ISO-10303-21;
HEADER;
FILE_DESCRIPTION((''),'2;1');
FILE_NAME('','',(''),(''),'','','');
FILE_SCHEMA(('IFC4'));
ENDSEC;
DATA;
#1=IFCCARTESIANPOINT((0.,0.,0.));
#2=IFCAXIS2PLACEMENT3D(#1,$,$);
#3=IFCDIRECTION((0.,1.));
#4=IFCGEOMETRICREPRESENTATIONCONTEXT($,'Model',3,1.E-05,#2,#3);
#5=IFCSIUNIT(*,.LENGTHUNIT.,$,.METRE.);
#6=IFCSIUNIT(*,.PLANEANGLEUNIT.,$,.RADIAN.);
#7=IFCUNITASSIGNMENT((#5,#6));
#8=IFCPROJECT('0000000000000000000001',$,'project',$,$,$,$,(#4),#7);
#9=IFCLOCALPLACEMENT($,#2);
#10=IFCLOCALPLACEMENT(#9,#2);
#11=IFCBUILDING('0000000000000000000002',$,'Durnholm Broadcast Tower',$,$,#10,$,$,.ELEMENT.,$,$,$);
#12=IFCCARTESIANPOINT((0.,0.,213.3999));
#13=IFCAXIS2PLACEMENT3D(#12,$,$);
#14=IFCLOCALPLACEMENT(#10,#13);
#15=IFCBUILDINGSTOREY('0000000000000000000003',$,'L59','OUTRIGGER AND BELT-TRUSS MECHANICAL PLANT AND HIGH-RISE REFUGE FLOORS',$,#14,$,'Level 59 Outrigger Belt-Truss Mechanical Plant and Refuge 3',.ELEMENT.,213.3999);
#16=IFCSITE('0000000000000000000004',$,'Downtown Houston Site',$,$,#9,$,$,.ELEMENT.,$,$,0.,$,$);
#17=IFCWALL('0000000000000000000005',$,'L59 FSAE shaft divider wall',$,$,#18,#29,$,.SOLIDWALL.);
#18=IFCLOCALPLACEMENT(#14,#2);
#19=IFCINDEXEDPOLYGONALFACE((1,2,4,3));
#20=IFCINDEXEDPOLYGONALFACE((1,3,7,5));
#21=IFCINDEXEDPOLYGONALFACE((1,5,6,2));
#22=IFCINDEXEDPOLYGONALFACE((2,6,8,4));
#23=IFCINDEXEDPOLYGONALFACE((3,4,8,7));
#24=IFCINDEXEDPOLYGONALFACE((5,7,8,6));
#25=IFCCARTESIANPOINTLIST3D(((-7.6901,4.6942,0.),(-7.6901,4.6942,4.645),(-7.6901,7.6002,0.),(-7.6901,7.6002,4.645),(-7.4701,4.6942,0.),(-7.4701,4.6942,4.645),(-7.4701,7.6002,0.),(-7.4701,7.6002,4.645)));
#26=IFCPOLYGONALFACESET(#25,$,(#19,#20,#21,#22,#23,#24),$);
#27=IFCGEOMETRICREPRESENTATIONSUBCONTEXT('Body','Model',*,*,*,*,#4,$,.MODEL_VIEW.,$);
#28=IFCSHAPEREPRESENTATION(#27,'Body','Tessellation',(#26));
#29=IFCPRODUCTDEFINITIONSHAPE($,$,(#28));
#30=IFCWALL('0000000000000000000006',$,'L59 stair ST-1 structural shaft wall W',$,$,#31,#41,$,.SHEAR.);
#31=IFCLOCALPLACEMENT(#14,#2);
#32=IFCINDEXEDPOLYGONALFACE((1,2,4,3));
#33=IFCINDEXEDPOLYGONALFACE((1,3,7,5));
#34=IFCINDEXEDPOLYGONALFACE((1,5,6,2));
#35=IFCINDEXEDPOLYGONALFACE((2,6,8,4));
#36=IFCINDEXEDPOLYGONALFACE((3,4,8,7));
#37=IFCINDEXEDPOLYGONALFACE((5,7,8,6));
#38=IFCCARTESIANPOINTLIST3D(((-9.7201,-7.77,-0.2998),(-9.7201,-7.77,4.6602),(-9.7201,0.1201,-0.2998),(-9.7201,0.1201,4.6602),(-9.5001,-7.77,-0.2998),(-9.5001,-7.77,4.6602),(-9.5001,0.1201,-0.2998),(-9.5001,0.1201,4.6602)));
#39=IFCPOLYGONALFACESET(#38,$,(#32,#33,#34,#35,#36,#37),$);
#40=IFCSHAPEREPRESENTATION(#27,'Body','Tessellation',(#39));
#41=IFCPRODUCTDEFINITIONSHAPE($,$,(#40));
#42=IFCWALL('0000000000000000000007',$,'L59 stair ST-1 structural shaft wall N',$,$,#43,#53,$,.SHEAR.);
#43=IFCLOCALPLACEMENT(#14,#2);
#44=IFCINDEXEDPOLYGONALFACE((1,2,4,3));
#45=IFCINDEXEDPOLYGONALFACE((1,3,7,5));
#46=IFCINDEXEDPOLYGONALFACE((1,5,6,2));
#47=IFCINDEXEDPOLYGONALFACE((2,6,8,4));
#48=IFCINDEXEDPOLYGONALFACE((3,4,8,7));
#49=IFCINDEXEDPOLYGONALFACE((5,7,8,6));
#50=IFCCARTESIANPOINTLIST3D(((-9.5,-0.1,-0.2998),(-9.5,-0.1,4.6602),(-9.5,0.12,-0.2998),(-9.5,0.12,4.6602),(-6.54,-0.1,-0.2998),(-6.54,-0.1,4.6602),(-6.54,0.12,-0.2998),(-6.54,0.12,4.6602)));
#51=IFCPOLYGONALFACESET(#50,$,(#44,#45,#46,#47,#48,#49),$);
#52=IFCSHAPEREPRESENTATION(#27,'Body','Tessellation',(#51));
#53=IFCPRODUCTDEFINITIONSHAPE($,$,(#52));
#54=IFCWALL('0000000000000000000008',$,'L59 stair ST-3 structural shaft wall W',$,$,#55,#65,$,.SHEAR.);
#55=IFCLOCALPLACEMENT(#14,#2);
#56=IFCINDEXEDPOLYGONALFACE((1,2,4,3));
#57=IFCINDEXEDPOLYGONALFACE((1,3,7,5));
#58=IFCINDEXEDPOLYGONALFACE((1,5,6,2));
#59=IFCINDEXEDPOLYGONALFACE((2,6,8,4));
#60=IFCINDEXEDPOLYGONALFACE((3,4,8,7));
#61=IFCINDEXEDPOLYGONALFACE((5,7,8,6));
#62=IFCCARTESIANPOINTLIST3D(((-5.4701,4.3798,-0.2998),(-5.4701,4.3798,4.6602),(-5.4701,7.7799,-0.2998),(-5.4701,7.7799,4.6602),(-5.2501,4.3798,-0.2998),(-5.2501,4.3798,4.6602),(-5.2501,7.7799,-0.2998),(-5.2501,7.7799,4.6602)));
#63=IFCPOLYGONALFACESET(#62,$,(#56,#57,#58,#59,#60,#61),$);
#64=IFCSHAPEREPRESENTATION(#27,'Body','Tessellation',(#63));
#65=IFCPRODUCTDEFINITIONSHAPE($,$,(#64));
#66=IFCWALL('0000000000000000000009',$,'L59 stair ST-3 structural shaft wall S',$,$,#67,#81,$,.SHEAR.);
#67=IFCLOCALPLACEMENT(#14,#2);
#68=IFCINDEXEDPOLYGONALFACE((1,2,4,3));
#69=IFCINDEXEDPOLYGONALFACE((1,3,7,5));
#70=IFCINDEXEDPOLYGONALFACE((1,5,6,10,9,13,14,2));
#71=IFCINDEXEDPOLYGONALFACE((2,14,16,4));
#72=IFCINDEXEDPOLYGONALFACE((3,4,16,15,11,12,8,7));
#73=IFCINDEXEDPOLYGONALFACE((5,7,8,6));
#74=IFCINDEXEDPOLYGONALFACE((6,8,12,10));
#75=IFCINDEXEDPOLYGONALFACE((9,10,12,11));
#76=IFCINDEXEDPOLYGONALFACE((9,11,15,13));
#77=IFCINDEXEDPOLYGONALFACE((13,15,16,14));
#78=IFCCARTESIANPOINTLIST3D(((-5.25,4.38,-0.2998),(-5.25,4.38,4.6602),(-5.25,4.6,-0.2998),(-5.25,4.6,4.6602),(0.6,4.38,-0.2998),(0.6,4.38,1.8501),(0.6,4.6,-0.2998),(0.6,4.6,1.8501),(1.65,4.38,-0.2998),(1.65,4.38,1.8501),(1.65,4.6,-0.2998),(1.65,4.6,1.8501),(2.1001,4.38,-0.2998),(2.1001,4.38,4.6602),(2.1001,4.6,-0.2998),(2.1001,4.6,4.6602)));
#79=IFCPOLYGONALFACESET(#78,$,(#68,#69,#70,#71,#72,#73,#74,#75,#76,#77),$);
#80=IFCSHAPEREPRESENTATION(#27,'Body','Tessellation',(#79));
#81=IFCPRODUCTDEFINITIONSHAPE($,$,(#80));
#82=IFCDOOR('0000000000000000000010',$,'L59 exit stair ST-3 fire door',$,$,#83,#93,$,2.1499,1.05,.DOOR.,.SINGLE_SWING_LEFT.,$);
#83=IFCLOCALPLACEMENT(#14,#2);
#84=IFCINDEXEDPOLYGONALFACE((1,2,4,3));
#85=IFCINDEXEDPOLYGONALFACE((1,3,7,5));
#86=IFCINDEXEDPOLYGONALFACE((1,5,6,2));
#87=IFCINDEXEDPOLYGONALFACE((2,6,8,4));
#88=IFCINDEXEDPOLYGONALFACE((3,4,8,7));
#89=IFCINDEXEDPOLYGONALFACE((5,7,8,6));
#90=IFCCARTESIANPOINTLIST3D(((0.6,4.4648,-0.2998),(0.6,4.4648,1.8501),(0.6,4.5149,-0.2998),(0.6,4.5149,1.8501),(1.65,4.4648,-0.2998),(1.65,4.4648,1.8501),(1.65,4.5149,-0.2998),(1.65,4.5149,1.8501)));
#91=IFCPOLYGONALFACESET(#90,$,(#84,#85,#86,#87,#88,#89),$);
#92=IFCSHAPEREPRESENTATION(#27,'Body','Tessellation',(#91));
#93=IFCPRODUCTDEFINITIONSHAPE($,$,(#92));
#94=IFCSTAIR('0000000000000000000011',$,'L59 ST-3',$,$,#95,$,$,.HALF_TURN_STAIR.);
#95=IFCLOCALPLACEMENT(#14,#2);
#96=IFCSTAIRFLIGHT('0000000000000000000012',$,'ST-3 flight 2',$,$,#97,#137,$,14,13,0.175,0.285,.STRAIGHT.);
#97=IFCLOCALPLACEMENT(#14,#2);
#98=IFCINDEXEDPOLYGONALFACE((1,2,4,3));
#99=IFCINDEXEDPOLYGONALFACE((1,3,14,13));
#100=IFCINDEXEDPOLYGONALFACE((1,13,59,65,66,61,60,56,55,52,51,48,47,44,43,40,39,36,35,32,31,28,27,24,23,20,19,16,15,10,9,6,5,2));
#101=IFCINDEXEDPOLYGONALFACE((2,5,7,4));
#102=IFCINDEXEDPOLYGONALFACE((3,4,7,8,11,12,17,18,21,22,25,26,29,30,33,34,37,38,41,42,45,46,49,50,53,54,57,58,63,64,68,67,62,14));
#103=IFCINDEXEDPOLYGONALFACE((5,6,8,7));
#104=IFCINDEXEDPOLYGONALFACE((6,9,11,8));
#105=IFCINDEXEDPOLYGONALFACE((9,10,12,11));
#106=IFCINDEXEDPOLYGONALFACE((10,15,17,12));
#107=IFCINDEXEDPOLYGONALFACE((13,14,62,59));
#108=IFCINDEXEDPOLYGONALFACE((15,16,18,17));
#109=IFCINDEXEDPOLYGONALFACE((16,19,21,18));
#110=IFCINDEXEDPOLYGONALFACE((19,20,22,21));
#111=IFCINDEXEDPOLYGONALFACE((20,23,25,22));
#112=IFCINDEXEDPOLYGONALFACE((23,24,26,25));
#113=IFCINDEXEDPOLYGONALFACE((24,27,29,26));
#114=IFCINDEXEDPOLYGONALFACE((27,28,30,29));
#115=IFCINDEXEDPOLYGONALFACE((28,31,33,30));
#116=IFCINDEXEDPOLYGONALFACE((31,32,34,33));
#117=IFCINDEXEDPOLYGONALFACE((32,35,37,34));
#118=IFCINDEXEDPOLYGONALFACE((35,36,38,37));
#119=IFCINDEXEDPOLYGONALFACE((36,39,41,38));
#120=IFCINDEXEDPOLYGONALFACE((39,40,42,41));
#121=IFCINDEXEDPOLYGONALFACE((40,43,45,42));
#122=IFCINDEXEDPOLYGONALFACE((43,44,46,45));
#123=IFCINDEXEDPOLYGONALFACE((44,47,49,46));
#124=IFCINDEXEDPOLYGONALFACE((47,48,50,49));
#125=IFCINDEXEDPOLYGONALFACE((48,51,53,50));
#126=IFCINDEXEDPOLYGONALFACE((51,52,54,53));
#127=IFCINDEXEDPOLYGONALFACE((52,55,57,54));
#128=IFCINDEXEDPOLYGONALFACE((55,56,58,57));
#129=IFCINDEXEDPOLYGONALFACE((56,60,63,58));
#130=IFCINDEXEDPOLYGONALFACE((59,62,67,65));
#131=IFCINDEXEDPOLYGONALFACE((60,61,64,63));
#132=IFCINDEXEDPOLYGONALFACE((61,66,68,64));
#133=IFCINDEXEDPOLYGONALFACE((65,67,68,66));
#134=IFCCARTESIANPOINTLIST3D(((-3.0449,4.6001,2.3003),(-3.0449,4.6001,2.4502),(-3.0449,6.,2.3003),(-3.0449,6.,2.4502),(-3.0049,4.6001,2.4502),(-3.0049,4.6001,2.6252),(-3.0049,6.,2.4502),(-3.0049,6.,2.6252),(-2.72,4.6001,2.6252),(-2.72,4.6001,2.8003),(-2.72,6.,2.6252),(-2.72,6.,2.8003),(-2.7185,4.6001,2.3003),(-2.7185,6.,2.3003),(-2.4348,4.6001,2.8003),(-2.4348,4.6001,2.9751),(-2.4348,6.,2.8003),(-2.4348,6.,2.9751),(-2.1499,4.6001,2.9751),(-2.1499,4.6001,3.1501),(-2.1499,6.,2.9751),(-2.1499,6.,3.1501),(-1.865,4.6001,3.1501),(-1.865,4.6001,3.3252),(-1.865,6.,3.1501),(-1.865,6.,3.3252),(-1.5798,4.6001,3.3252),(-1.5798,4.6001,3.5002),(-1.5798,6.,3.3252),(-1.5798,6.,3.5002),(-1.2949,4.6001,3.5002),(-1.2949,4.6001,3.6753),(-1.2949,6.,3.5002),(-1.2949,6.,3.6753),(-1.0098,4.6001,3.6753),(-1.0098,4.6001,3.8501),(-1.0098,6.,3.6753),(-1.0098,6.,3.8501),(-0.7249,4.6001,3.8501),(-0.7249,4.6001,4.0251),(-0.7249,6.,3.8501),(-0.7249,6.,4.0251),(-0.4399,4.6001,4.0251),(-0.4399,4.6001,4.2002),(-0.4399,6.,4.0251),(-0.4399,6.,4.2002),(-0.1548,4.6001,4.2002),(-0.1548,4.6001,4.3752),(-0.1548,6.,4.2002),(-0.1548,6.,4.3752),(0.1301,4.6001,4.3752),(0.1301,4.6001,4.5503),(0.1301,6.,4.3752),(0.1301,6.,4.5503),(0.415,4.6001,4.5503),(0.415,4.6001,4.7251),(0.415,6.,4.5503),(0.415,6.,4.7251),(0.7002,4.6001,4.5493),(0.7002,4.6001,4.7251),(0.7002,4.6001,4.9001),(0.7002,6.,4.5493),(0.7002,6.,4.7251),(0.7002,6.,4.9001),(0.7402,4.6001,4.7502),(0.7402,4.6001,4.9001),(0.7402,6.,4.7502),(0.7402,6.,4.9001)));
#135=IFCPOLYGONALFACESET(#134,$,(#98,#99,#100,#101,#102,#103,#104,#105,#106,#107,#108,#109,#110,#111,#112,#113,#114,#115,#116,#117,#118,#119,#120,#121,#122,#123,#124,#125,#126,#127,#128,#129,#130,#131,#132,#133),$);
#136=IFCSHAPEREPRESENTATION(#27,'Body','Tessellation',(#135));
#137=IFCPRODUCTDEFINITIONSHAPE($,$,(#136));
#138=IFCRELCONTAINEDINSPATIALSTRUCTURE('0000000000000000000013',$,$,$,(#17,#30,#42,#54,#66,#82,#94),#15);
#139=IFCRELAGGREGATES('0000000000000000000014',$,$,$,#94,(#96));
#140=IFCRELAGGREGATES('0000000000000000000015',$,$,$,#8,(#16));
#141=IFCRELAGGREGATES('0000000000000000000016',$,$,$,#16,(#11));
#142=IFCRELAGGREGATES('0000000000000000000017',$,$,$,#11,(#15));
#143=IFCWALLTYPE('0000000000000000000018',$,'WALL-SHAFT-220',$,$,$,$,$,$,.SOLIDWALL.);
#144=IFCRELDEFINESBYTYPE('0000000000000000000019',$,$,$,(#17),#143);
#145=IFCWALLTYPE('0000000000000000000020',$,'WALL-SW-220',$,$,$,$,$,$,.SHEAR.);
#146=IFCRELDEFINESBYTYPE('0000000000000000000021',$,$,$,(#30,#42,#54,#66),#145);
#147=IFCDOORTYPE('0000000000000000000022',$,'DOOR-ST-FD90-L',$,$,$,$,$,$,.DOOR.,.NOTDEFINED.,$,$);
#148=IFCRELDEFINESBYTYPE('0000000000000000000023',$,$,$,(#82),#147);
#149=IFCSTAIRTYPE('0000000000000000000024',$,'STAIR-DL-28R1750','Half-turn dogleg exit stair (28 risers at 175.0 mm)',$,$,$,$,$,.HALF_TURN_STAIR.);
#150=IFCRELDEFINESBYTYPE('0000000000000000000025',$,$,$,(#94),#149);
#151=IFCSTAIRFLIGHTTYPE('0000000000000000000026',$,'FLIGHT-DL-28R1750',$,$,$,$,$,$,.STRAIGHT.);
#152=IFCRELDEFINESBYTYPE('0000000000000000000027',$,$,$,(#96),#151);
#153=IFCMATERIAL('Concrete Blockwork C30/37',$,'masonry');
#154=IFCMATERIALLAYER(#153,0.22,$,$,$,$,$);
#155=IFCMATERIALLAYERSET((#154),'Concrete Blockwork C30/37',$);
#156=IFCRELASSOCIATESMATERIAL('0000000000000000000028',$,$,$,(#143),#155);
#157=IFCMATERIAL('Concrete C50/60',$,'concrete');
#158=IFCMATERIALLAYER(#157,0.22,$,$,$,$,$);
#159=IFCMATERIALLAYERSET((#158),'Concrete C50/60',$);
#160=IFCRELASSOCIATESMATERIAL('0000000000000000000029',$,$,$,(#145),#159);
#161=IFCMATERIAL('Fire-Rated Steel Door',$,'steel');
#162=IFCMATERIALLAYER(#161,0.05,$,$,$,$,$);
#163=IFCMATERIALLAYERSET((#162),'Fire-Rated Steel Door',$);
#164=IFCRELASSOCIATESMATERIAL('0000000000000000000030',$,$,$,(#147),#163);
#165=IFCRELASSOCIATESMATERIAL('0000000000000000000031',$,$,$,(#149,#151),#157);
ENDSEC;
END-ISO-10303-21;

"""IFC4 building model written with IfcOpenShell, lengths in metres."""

from ifc_helpers import new_model, si_unit, direction, frame, frame_2d, origin, place, context, subcontext, project, spatial, polyline, rectangle, outline, extrude, source, transform, mapped, material, layer, layer_set, type_object, type_shapes, element, fill, aggregate, save


model = new_model("IFC4")

# Units and contexts
model_context = context("Model", 3, precision=1e-05, world=origin(), true_north=direction((0.0, 1.0)))
body_context = subcontext(model_context, "Body", "Model", "MODEL_VIEW")
ifc_project = project(units=[si_unit("LENGTHUNIT", "METRE"), si_unit("PLANEANGLEUNIT", "RADIAN")], contexts=[model_context])

# Site, building, storey
site_placement = place(None, origin())
site = spatial("IfcSite", under=ifc_project, at=site_placement, Name="Downtown Houston Site", CompositionType="ELEMENT", RefElevation=0.0)
building_placement = place(site_placement, origin())
building = spatial("IfcBuilding", under=site, at=building_placement, Name="Durnholm Broadcast Tower", CompositionType="ELEMENT")
storey_placement = place(building_placement, frame((0.0, 0.0, 213.3999)))
storey = spatial("IfcBuildingStorey", under=building, at=storey_placement, Name="L59", Description="OUTRIGGER AND BELT-TRUSS MECHANICAL PLANT AND HIGH-RISE REFUGE FLOORS", LongName="Level 59 Outrigger Belt-Truss Mechanical Plant and Refuge 3", CompositionType="ELEMENT", Elevation=213.3999)

# Walls
ifc_material_1 = material(Name="Concrete Blockwork C30/37", Category="masonry")
ifc_layer_1 = layer(ifc_material_1, 0.22)
ifc_layer_set_1 = layer_set([ifc_layer_1], Name="Concrete Blockwork C30/37")
wall_type_1 = type_object("IfcWallType", Name="WALL-SHAFT-220", PredefinedType="SOLIDWALL", material=ifc_layer_set_1)
wall_1_placement = place(storey_placement, frame((-7.5801, 4.6941, 0.0), z_axis=(0.0, 0.0, 1.0), x_axis=(0.0, 1.0, 0.0)))
element("IfcWall", 1, at=wall_1_placement, inside=storey, type_object=wall_type_1, Name="L59 FSAE shaft divider wall", PredefinedType="SOLIDWALL", context=body_context, shape_type="SweptSolid", body=[
    extrude(rectangle(XDim=2.906, YDim=0.22, at=frame_2d((1.4531, 0.0))), origin(), (0.0, 0.0, 1.0), 4.645),
])
ifc_material_2 = material(Name="Concrete C50/60", Category="concrete")
ifc_layer_2 = layer(ifc_material_2, 0.22)
ifc_layer_set_2 = layer_set([ifc_layer_2], Name="Concrete C50/60")
wall_type_2 = type_object("IfcWallType", Name="WALL-SW-220", PredefinedType="SHEAR", material=ifc_layer_set_2)
wall_2_placement = place(storey_placement, frame((-9.6101, 0.1201, -0.2998), z_axis=(0.0, 0.0, 1.0), x_axis=(0.0, -1.0, 0.0)))
element("IfcWall", 2, at=wall_2_placement, inside=storey, type_object=wall_type_2, Name="L59 stair ST-1 structural shaft wall W", PredefinedType="SHEAR", context=body_context, shape_type="SweptSolid", body=[
    extrude(rectangle(XDim=7.8901, YDim=0.22, at=frame_2d((3.9451, 0.0))), origin(), (0.0, 0.0, 1.0), 4.96),
])
wall_3_placement = place(storey_placement, frame((-6.54, 0.01, -0.2998), z_axis=(0.0, 0.0, 1.0), x_axis=(-1.0, 0.0, 0.0)))
element("IfcWall", 3, at=wall_3_placement, inside=storey, type_object=wall_type_2, Name="L59 stair ST-1 structural shaft wall N", PredefinedType="SHEAR", context=body_context, shape_type="SweptSolid", body=[
    extrude(rectangle(XDim=2.96, YDim=0.22, at=frame_2d((1.48, 0.0))), origin(), (0.0, 0.0, 1.0), 4.96),
])
wall_4_placement = place(storey_placement, frame((-5.3601, 7.78, -0.2998), z_axis=(0.0, 0.0, 1.0), x_axis=(0.0, -1.0, 0.0)))
element("IfcWall", 4, at=wall_4_placement, inside=storey, type_object=wall_type_2, Name="L59 stair ST-3 structural shaft wall W", PredefinedType="SHEAR", context=body_context, shape_type="SweptSolid", body=[
    extrude(rectangle(XDim=3.4001, YDim=0.22, at=frame_2d((1.7002, 0.0))), origin(), (0.0, 0.0, 1.0), 4.96),
])

# Wall, opening, door
wall_5_placement = place(storey_placement, frame((-5.25, 4.49, -0.2998), z_axis=(0.0, 0.0, 1.0), x_axis=(1.0, 0.0, 0.0)))
wall_5 = element("IfcWall", 5, at=wall_5_placement, inside=storey, type_object=wall_type_2, Name="L59 stair ST-3 structural shaft wall S", PredefinedType="SHEAR", context=body_context, shape_type="SweptSolid", body=[
    extrude(rectangle(XDim=7.3501, YDim=0.22, at=frame_2d((3.675, 0.0))), origin(), (0.0, 0.0, 1.0), 4.96),
])
opening_1_placement = place(wall_5_placement, frame((5.8501, 0.0, 0.0)))
opening_1 = element("IfcOpeningElement", 6, at=opening_1_placement, cuts=wall_5, PredefinedType="OPENING", context=body_context, shape_type="SweptSolid", body=[
    extrude(rectangle(XDim=1.05, YDim=2.1499, at=frame_2d((0.5249, 1.075))), frame((0.0, 0.1201, 0.0), z_axis=(0.0, -1.0, 0.0), x_axis=(1.0, 0.0, 0.0)), (0.0, 0.0, 1.0), 0.24),
])
ifc_material_3 = material(Name="Fire-Rated Steel Door", Category="steel")
ifc_layer_3 = layer(ifc_material_3, 0.05)
ifc_layer_set_3 = layer_set([ifc_layer_3], Name="Fire-Rated Steel Door")
door_type_1 = type_object("IfcDoorType", Name="DOOR-ST-FD90-L", OperationType="NOTDEFINED", PredefinedType="DOOR", material=ifc_layer_set_3)
shared_shape_1 = source(origin(), body_context, "Body", "SweptSolid", [
    extrude(rectangle(XDim=1.05, YDim=2.1499, at=frame_2d((0.5249, 1.075))), frame((0.0, 0.0249, 0.0), z_axis=(0.0, -1.0, 0.0), x_axis=(1.0, 0.0, 0.0)), (0.0, 0.0, 1.0), 0.05),
])
type_shapes(door_type_1, [shared_shape_1])
door_1_placement = place(opening_1_placement, origin())
door_1 = element("IfcDoor", 7, at=door_1_placement, inside=storey, type_object=door_type_1, Name="L59 exit stair ST-3 fire door", OperationType="SINGLE_SWING_LEFT", OverallHeight=2.1499, OverallWidth=1.05, PredefinedType="DOOR", context=body_context, shape_type="MappedRepresentation", body=[
    mapped(shared_shape_1, transform((0.0, 0.0, 0.0), x_axis=(1.0, 0.0, 0.0), y_axis=(0.0, 1.0, 0.0), z_axis=(0.0, 0.0, 1.0), scale=1.0)),
])
fill(opening_1, door_1)

# Stair, stair flight
stair_type = type_object("IfcStairType", Name="STAIR-DL-28R1750", Description="Half-turn dogleg exit stair (28 risers at 175.0 mm)", PredefinedType="HALF_TURN_STAIR", material=ifc_material_2)
stair_placement = place(storey_placement, origin())
stair = element("IfcStair", 8, at=stair_placement, inside=storey, type_object=stair_type, Name="L59 ST-3", PredefinedType="HALF_TURN_STAIR")
stair_flight_type = type_object("IfcStairFlightType", Name="FLIGHT-DL-28R1750", PredefinedType="STRAIGHT", material=ifc_material_2)
stair_flight_placement = place(storey_placement, frame((-3.0049, 5.3, 2.4502), z_axis=(0.0, 0.0, 1.0), x_axis=(1.0, 0.0, 0.0)))
stair_flight = element("IfcStairFlight", 9, at=stair_flight_placement, type_object=stair_flight_type, Name="ST-3 flight 2", NumberOfRisers=14, NumberOfTreads=13, PredefinedType="STRAIGHT", RiserHeight=0.175, TreadLength=0.285, context=body_context, shape_type="SweptSolid", body=[
    extrude(outline(polyline([(-0.04, -0.1499), (-0.04, 0.0), (0.0, 0.0), (0.0, 0.175), (0.2849, 0.175), (0.2849, 0.3501), (0.5701, 0.3501), (0.5701, 0.5249), (0.855, 0.5249), (0.855, 0.7), (1.1399, 0.7), (1.1399, 0.875), (1.425, 0.875), (1.425, 1.05), (1.71, 1.05), (1.71, 1.2251), (1.9951, 1.2251), (1.9951, 1.3999), (2.28, 1.3999), (2.28, 1.575), (2.5649, 1.575), (2.5649, 1.75), (2.8501, 1.75), (2.8501, 1.925), (3.135, 1.925), (3.135, 2.1001), (3.4199, 2.1001), (3.4199, 2.2749), (3.7051, 2.2749), (3.7051, 2.45), (3.7451, 2.45), (3.7451, 2.3), (3.7051, 2.0991), (0.2864, -0.1499), (-0.04, -0.1499)])), frame((0.0, 0.7, 0.0), z_axis=(0.0, -1.0, 0.0), x_axis=(1.0, 0.0, 0.0)), (0.0, 0.0, 1.0), 1.3999),
])
aggregate(stair, [stair_flight])

save(model, "model.ifc")
